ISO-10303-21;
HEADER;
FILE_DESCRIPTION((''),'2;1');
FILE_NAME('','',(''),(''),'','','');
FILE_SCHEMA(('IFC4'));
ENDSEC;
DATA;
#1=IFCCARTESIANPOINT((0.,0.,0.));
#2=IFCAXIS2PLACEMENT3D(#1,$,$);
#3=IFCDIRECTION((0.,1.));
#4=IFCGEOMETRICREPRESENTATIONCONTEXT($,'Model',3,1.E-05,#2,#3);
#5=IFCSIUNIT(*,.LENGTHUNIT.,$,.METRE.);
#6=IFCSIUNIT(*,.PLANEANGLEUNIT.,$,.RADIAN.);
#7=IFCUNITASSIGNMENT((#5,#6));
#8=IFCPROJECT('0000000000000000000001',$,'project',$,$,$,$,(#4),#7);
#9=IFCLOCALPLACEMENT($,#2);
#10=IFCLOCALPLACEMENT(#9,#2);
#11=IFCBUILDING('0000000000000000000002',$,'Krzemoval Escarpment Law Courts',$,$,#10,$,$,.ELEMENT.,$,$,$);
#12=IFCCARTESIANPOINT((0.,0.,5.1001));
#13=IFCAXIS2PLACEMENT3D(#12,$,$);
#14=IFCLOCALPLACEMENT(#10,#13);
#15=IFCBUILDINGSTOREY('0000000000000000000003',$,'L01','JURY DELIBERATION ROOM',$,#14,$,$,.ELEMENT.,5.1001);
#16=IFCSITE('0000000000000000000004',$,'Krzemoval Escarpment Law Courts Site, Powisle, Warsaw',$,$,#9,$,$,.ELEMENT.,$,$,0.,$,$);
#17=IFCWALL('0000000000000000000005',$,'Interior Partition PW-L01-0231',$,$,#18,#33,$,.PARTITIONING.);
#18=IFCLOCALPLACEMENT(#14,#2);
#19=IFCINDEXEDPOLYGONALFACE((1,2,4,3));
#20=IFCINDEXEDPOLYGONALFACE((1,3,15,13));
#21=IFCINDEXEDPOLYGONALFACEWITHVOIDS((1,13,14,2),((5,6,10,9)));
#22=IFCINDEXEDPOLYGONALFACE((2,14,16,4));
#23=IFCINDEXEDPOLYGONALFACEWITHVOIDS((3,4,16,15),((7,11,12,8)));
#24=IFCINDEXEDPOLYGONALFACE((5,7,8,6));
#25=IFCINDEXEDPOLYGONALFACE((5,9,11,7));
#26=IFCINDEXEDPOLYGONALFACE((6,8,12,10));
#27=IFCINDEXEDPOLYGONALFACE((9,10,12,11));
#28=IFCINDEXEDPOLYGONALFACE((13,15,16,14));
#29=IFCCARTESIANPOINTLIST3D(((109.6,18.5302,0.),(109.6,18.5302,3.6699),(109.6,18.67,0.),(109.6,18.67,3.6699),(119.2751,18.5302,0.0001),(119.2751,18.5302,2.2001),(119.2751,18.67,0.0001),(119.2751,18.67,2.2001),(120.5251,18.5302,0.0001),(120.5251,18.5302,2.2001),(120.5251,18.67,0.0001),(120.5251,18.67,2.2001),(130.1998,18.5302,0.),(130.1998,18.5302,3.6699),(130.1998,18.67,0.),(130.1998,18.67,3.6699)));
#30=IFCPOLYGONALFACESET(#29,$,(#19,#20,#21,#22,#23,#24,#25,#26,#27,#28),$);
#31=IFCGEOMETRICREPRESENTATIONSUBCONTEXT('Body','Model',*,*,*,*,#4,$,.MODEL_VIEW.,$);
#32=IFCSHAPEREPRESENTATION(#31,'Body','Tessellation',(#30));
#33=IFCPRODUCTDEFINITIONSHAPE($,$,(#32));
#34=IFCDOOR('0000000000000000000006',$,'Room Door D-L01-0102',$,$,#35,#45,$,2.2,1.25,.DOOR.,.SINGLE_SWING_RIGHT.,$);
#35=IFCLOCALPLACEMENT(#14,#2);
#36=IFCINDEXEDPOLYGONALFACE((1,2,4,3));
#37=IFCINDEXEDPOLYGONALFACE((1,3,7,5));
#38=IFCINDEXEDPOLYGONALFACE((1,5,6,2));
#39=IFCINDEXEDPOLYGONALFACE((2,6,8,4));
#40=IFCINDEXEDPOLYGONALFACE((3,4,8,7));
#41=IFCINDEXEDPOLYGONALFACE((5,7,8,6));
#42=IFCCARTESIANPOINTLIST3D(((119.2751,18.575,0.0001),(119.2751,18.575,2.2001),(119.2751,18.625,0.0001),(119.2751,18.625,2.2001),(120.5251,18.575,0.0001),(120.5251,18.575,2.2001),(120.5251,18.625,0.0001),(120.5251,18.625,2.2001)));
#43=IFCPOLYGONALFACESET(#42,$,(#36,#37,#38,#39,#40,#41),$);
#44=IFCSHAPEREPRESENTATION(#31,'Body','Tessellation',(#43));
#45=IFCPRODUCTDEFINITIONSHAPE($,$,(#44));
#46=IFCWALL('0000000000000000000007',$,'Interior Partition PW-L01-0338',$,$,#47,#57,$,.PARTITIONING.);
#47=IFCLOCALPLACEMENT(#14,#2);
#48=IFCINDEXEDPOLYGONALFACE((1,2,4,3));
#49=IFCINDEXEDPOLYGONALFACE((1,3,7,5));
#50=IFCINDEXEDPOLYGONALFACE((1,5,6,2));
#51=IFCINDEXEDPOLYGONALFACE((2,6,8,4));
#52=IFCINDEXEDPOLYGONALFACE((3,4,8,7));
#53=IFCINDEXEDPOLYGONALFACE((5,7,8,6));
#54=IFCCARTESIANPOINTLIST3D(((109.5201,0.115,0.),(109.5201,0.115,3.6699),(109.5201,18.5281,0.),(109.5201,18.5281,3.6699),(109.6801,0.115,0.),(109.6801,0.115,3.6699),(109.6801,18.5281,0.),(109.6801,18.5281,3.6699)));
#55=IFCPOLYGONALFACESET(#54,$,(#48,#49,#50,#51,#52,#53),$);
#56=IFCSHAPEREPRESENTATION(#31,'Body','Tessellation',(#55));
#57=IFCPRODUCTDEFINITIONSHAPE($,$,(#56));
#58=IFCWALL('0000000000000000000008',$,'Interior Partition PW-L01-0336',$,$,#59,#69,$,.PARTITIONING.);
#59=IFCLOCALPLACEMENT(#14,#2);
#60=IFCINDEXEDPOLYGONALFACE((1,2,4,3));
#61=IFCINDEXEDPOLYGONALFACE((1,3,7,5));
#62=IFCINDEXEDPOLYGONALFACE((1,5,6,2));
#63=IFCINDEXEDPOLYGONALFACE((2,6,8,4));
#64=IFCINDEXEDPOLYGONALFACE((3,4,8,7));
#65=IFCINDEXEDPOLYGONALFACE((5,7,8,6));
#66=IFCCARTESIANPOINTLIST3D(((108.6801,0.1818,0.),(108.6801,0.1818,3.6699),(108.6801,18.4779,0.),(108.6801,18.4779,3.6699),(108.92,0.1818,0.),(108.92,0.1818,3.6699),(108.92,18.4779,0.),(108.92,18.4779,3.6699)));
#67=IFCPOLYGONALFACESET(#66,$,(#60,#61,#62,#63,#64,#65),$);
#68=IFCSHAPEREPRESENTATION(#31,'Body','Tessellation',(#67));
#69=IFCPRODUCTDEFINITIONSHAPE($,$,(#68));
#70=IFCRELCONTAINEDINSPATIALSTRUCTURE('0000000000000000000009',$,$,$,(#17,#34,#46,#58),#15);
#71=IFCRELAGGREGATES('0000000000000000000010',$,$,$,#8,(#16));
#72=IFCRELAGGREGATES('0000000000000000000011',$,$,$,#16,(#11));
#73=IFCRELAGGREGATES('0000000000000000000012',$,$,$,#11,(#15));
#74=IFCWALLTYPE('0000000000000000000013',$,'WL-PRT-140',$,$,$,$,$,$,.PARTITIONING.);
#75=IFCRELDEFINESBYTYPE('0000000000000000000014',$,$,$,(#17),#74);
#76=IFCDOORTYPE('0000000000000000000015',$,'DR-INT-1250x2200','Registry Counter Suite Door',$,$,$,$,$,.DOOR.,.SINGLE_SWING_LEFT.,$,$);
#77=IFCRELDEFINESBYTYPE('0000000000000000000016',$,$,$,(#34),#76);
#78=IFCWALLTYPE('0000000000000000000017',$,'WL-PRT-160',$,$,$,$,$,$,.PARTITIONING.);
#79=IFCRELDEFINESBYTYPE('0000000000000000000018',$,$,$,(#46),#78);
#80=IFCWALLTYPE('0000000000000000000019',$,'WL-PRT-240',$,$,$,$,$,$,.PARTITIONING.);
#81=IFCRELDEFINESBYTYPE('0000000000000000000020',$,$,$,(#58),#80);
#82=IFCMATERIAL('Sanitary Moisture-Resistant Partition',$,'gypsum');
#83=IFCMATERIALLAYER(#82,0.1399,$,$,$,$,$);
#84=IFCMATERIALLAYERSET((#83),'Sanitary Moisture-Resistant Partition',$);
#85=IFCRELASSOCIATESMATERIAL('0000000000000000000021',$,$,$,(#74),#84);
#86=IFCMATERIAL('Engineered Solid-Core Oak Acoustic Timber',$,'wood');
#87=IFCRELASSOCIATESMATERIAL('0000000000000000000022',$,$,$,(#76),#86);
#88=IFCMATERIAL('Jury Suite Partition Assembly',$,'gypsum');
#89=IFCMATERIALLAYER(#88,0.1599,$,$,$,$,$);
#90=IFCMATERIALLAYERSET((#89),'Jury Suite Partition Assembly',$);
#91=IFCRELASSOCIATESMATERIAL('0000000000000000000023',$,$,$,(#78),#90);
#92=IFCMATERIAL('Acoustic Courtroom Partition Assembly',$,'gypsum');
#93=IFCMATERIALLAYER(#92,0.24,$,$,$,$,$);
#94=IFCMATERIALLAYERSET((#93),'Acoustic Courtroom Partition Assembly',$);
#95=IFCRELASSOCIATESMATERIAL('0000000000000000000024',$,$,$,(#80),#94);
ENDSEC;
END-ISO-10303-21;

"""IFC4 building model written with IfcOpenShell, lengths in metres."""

from ifc_helpers import new_model, si_unit, direction, frame, frame_2d, origin, place, context, subcontext, project, spatial, rectangle, extrude, material, layer, layer_set, type_object, element, fill, save


model = new_model("IFC4")

# Units and contexts
model_context = context("Model", 3, precision=1e-05, world=origin(), true_north=direction((0.0, 1.0)))
body_context = subcontext(model_context, "Body", "Model", "MODEL_VIEW")
ifc_project = project(units=[si_unit("LENGTHUNIT", "METRE"), si_unit("PLANEANGLEUNIT", "RADIAN")], contexts=[model_context])

# Site, building, storey
site_placement = place(None, origin())
site = spatial("IfcSite", under=ifc_project, at=site_placement, Name="Krzemoval Escarpment Law Courts Site, Powisle, Warsaw", CompositionType="ELEMENT", RefElevation=0.0)
building_placement = place(site_placement, origin())
building = spatial("IfcBuilding", under=site, at=building_placement, Name="Krzemoval Escarpment Law Courts", CompositionType="ELEMENT")
storey_placement = place(building_placement, frame((0.0, 0.0, 5.1001)))
storey = spatial("IfcBuildingStorey", under=building, at=storey_placement, Name="L01", Description="JURY DELIBERATION ROOM", CompositionType="ELEMENT", Elevation=5.1001)

# Wall, opening, door
ifc_material_1 = material(Name="Sanitary Moisture-Resistant Partition", Category="gypsum")
ifc_layer_1 = layer(ifc_material_1, 0.1399)
ifc_layer_set_1 = layer_set([ifc_layer_1], Name="Sanitary Moisture-Resistant Partition")
wall_type_1 = type_object("IfcWallType", Name="WL-PRT-140", PredefinedType="PARTITIONING", material=ifc_layer_set_1)
wall_1_placement = place(storey_placement, frame((109.6001, 18.6001, 0.0), z_axis=(0.0, 0.0, 1.0), x_axis=(1.0, 0.0, 0.0)))
wall_1 = element("IfcWall", 1, at=wall_1_placement, inside=storey, type_object=wall_type_1, Name="Interior Partition PW-L01-0231", PredefinedType="PARTITIONING", context=body_context, shape_type="SweptSolid", body=[
    extrude(rectangle(XDim=20.5999, YDim=0.1399, at=frame_2d((10.2998, 0.0))), origin(), (0.0, 0.0, 1.0), 3.6699),
])
opening_placement = place(wall_1_placement, frame((9.675, 0.0, 0.0)))
opening = element("IfcOpeningElement", 2, at=opening_placement, cuts=wall_1, PredefinedType="OPENING", context=body_context, shape_type="SweptSolid", body=[
    extrude(rectangle(XDim=1.25, YDim=2.2, at=frame_2d((0.625, 1.1001))), frame((0.0, 0.0849, 0.0), z_axis=(0.0, -1.0, 0.0), x_axis=(1.0, 0.0, 0.0)), (0.0, 0.0, 1.0), 0.1699),
])
ifc_material_2 = material(Name="Engineered Solid-Core Oak Acoustic Timber", Category="wood")
door_type = type_object("IfcDoorType", Name="DR-INT-1250x2200", Description="Registry Counter Suite Door", OperationType="SINGLE_SWING_LEFT", PredefinedType="DOOR", material=ifc_material_2)
door_placement = place(opening_placement, origin())
door = element("IfcDoor", 3, at=door_placement, inside=storey, type_object=door_type, Name="Room Door D-L01-0102", OperationType="SINGLE_SWING_RIGHT", OverallHeight=2.2, OverallWidth=1.25, PredefinedType="DOOR", context=body_context, shape_type="SweptSolid", body=[
    extrude(rectangle(XDim=1.25, YDim=2.2, at=frame_2d((0.625, 1.1001))), frame((0.0, 0.0249, 0.0), z_axis=(0.0, -1.0, 0.0), x_axis=(1.0, 0.0, 0.0)), (0.0, 0.0, 1.0), 0.05),
])
fill(opening, door)

# Walls
ifc_material_3 = material(Name="Jury Suite Partition Assembly", Category="gypsum")
ifc_layer_2 = layer(ifc_material_3, 0.1599)
ifc_layer_set_2 = layer_set([ifc_layer_2], Name="Jury Suite Partition Assembly")
wall_type_2 = type_object("IfcWallType", Name="WL-PRT-160", PredefinedType="PARTITIONING", material=ifc_layer_set_2)
wall_2_placement = place(storey_placement, frame((109.6001, 0.115, 0.0), z_axis=(0.0, 0.0, 1.0), x_axis=(0.0, 1.0, 0.0)))
element("IfcWall", 4, at=wall_2_placement, inside=storey, type_object=wall_type_2, Name="Interior Partition PW-L01-0338", PredefinedType="PARTITIONING", context=body_context, shape_type="SweptSolid", body=[
    extrude(rectangle(XDim=18.4131, YDim=0.1599, at=frame_2d((9.2065, 0.0))), origin(), (0.0, 0.0, 1.0), 3.6699),
])
ifc_material_4 = material(Name="Acoustic Courtroom Partition Assembly", Category="gypsum")
ifc_layer_3 = layer(ifc_material_4, 0.24)
ifc_layer_set_3 = layer_set([ifc_layer_3], Name="Acoustic Courtroom Partition Assembly")
wall_type_3 = type_object("IfcWallType", Name="WL-PRT-240", PredefinedType="PARTITIONING", material=ifc_layer_set_3)
wall_3_placement = place(storey_placement, frame((108.8, 0.1819, 0.0), z_axis=(0.0, 0.0, 1.0), x_axis=(0.0, 1.0, 0.0)))
element("IfcWall", 5, at=wall_3_placement, inside=storey, type_object=wall_type_3, Name="Interior Partition PW-L01-0336", PredefinedType="PARTITIONING", context=body_context, shape_type="SweptSolid", body=[
    extrude(rectangle(XDim=18.2961, YDim=0.24, at=frame_2d((9.1479, 0.0))), origin(), (0.0, 0.0, 1.0), 3.6699),
])

save(model, "model.ifc")
